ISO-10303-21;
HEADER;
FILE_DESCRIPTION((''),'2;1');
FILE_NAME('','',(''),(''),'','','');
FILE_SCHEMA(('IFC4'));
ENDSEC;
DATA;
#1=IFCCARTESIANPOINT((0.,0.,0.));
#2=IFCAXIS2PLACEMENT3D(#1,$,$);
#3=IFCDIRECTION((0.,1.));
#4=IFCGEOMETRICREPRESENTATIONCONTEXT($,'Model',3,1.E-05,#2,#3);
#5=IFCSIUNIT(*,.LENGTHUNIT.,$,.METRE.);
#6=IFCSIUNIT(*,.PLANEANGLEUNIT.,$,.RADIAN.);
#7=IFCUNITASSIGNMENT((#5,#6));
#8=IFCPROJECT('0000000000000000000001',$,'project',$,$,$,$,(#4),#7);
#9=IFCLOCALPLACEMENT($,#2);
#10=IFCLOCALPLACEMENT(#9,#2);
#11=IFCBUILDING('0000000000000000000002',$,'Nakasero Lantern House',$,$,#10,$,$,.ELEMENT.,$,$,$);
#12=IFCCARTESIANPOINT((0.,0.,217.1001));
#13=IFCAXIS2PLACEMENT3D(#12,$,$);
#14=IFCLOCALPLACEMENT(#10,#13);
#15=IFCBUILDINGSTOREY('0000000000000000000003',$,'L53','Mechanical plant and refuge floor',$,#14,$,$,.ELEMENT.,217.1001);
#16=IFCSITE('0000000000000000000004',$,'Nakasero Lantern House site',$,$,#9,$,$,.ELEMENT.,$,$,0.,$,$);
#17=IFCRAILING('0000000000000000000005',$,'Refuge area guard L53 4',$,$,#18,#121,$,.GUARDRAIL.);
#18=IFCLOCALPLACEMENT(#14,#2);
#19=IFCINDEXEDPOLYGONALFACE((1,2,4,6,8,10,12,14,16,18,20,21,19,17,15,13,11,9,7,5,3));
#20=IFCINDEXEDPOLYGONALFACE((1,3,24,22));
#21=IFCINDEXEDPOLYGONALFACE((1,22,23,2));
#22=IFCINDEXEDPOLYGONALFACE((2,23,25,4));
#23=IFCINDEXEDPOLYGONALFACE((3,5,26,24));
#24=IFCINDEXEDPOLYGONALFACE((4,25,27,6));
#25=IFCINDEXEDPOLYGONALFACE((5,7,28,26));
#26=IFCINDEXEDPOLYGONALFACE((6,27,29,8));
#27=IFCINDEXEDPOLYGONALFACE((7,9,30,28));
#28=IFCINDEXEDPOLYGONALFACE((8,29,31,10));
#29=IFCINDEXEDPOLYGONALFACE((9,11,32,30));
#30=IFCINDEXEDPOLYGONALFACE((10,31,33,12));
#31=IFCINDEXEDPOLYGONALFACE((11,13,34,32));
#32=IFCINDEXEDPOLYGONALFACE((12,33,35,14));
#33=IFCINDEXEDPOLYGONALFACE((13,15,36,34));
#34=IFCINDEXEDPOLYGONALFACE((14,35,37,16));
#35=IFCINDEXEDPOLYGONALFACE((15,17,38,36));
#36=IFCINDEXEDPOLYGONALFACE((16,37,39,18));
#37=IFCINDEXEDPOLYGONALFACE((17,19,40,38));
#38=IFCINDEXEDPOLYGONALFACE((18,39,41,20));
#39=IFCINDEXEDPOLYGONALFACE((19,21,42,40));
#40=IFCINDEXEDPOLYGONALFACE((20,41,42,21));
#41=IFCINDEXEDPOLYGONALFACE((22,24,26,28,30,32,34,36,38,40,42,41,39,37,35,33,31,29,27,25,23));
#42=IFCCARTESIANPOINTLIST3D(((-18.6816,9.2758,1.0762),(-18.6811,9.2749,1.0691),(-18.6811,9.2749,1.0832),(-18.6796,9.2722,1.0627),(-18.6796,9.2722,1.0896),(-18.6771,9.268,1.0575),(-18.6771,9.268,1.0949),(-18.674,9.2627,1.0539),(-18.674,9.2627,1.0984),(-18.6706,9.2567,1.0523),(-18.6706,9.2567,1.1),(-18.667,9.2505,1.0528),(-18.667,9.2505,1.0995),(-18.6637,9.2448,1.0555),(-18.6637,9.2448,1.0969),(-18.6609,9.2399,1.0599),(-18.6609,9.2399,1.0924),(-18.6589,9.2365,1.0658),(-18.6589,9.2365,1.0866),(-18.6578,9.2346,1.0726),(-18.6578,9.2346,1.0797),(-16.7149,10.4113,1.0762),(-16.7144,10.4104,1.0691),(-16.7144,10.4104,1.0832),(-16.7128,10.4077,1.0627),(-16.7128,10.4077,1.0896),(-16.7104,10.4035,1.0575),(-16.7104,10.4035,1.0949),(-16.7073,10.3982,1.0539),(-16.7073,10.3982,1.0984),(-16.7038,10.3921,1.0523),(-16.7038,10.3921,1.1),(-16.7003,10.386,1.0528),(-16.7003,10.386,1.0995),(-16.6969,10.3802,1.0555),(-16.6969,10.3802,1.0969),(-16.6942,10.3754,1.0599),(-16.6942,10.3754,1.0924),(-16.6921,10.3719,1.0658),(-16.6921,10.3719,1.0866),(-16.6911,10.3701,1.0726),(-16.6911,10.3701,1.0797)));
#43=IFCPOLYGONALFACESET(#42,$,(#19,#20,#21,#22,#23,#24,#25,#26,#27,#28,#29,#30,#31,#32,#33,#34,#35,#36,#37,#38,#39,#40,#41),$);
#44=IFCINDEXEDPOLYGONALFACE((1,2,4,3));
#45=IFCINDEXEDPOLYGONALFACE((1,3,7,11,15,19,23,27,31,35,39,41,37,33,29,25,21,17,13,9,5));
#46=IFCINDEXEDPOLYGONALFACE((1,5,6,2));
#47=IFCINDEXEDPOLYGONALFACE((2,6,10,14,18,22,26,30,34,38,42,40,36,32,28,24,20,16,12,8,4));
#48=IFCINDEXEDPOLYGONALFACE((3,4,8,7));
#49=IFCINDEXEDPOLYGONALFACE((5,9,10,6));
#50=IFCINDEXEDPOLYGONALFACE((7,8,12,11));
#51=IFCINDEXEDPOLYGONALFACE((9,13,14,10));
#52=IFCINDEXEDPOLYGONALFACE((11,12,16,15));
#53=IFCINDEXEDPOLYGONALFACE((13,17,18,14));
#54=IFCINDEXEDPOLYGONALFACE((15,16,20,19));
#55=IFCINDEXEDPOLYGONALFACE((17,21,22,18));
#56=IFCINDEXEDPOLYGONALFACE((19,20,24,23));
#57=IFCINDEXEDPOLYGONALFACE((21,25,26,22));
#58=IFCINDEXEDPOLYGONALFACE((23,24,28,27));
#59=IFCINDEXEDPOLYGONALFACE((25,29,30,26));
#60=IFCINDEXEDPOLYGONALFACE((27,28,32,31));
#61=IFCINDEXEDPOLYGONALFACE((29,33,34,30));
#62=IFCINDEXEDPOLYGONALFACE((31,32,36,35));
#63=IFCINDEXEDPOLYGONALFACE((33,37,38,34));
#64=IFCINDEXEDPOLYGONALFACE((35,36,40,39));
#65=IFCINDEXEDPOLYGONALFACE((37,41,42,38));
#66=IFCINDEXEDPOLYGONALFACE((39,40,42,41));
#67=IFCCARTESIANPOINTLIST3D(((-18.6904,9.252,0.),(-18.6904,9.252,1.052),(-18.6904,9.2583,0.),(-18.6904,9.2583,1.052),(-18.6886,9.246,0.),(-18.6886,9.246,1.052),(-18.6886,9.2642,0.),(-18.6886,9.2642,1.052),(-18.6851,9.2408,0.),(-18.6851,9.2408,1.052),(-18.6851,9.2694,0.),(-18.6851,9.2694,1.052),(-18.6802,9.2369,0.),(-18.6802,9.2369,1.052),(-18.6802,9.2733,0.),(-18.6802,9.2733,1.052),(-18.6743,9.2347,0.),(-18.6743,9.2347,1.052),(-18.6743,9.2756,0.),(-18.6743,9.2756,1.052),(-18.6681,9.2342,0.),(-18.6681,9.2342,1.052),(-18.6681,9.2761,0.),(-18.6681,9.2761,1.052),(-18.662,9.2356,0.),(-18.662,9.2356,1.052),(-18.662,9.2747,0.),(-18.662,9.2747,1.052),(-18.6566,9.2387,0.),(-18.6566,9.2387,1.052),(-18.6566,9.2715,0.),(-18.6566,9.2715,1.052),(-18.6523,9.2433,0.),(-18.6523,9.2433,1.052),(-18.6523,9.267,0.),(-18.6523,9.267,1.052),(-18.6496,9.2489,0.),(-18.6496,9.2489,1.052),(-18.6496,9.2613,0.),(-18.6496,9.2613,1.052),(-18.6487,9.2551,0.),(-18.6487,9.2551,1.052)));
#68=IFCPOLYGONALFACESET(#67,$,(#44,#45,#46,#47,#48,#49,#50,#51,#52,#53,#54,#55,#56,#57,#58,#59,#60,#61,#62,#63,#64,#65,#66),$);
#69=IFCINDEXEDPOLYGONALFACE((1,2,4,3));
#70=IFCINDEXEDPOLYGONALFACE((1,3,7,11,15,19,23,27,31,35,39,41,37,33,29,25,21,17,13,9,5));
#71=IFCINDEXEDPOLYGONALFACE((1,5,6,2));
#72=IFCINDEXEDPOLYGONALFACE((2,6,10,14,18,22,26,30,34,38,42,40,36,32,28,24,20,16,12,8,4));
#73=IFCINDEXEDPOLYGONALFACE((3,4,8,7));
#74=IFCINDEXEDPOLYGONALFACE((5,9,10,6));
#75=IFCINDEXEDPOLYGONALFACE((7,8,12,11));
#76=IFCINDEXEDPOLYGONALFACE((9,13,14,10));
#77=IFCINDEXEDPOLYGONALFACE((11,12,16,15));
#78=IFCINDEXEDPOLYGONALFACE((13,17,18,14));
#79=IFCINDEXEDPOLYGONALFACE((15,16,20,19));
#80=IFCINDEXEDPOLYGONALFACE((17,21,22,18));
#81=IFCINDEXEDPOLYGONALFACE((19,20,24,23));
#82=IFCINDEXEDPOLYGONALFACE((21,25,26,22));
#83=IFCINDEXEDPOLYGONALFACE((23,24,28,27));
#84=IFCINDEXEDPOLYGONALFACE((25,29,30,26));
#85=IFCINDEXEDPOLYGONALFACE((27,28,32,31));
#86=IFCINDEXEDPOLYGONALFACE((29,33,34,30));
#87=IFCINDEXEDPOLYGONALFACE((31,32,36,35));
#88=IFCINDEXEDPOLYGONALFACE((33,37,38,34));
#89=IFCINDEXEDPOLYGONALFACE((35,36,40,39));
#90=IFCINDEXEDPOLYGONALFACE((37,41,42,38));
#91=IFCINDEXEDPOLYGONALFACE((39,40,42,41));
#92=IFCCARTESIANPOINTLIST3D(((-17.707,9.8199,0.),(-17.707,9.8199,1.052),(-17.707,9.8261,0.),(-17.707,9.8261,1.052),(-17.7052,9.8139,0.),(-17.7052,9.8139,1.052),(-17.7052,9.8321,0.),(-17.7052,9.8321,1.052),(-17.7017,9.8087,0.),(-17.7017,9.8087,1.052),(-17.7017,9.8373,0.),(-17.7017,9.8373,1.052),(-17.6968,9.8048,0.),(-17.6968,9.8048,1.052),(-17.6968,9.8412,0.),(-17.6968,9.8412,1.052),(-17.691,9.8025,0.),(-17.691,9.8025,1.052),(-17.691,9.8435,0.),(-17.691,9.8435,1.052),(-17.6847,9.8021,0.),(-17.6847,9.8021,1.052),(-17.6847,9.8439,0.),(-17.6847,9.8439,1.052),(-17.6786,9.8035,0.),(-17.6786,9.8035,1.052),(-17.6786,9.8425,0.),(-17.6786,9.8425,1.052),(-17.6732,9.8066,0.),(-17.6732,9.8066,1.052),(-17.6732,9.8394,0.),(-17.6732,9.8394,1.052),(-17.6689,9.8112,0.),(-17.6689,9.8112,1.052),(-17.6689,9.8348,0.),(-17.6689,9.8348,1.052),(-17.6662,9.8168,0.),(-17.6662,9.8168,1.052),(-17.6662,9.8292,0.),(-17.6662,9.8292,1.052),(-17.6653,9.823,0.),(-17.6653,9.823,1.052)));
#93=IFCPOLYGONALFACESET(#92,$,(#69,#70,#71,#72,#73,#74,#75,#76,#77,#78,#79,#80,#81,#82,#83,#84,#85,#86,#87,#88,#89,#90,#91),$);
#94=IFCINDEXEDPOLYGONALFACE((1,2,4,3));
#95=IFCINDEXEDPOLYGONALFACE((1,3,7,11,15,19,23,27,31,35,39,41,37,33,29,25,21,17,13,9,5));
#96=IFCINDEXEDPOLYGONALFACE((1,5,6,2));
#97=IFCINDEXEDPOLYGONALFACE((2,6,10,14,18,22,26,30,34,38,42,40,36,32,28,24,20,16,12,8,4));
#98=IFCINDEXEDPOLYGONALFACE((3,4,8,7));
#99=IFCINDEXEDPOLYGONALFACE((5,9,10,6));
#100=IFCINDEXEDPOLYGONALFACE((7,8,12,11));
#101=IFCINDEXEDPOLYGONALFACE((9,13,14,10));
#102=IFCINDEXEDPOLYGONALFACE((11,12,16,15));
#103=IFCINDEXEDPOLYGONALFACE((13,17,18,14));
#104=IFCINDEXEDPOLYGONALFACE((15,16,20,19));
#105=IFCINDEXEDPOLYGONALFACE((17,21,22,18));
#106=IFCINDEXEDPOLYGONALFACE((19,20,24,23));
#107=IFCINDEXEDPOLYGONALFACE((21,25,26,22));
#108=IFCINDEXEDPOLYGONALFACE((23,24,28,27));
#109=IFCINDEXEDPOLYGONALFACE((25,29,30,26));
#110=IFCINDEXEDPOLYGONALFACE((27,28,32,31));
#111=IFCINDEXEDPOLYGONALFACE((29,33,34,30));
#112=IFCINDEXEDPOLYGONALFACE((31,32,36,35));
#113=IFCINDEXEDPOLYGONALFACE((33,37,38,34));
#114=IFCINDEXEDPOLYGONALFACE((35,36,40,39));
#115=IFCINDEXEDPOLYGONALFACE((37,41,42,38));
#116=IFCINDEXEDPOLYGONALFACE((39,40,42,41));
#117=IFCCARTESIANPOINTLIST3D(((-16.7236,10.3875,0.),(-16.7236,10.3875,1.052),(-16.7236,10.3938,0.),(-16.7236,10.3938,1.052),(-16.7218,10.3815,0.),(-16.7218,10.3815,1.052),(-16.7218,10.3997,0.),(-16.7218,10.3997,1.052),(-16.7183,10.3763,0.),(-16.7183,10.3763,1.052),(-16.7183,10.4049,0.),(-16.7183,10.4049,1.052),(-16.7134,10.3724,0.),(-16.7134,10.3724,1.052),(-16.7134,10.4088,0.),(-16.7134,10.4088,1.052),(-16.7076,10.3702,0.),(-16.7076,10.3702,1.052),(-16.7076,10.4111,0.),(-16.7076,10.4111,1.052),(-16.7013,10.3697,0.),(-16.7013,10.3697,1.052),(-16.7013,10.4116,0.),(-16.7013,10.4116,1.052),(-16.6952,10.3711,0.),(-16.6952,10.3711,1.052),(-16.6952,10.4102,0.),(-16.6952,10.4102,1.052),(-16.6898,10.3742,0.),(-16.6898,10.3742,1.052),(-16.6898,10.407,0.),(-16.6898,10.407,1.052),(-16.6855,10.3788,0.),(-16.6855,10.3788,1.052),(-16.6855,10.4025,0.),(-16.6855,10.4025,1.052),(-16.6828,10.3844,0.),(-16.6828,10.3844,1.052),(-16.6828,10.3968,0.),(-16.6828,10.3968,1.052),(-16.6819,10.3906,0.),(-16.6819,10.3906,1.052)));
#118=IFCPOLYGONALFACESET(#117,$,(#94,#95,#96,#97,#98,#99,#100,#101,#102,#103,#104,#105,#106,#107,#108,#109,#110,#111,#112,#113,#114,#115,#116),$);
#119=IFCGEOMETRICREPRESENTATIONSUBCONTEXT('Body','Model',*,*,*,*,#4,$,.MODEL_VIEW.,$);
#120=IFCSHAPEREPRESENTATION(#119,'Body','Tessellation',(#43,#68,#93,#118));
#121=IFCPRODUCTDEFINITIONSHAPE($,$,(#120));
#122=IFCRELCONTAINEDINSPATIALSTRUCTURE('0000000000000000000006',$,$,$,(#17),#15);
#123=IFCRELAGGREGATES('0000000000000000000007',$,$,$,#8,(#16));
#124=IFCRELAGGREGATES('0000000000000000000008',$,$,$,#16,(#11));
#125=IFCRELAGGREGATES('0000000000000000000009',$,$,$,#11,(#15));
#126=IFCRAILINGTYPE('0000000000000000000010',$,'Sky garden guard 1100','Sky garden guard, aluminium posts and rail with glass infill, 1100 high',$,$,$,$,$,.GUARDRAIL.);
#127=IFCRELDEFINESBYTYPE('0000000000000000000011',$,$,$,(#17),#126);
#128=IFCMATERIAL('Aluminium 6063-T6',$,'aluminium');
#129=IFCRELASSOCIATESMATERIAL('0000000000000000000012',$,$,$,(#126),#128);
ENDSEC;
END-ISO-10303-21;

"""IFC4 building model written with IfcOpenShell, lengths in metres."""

from ifc_helpers import new_model, si_unit, direction, frame, origin, origin_2d, place, context, subcontext, project, spatial, circle, extrude, material, type_object, element, save


model = new_model("IFC4")

# Units and contexts
model_context = context("Model", 3, precision=1e-05, world=origin(), true_north=direction((0.0, 1.0)))
body_context = subcontext(model_context, "Body", "Model", "MODEL_VIEW")
ifc_project = project(units=[si_unit("LENGTHUNIT", "METRE"), si_unit("PLANEANGLEUNIT", "RADIAN")], contexts=[model_context])

# Site, building, storey
site_placement = place(None, origin())
site = spatial("IfcSite", under=ifc_project, at=site_placement, Name="Nakasero Lantern House site", CompositionType="ELEMENT", RefElevation=0.0)
building_placement = place(site_placement, origin())
building = spatial("IfcBuilding", under=site, at=building_placement, Name="Nakasero Lantern House", CompositionType="ELEMENT")
storey_placement = place(building_placement, frame((0.0, 0.0, 217.1001)))
storey = spatial("IfcBuildingStorey", under=building, at=storey_placement, Name="L53", Description="Mechanical plant and refuge floor", CompositionType="ELEMENT", Elevation=217.1001)

# Railing
ifc_material_1 = material(Name="Aluminium 6063-T6", Category="aluminium")
railing_type = type_object("IfcRailingType", Name="Sky garden guard 1100", Description="Sky garden guard, aluminium posts and rail with glass infill, 1100 high", PredefinedType="GUARDRAIL", material=ifc_material_1)
railing_1_placement = place(storey_placement, frame((-18.6697, 9.2551, 0.0)))
element("IfcRailing", 1, at=railing_1_placement, inside=storey, type_object=railing_type, Name="Refuge area guard L53 4", PredefinedType="GUARDRAIL", context=body_context, shape_type="SweptSolid", body=[
    extrude(circle(Radius=0.0239, at=origin_2d()), frame((0.0, 0.0, 1.0762), z_axis=(0.866032, 0.499989, 0.0), x_axis=(-0.499989, 0.866032, 0.0)), (0.0, 0.0, 1.0), 2.271),
    extrude(circle(Radius=0.021, at=origin_2d()), origin(), (0.0, 0.0, 1.0), 1.052),
    extrude(circle(Radius=0.021, at=origin_2d()), frame((0.9834, 0.5679, 0.0)), (0.0, 0.0, 1.0), 1.052),
    extrude(circle(Radius=0.021, at=origin_2d()), frame((1.9668, 1.1355, 0.0)), (0.0, 0.0, 1.0), 1.052),
])

save(model, "model.ifc")
